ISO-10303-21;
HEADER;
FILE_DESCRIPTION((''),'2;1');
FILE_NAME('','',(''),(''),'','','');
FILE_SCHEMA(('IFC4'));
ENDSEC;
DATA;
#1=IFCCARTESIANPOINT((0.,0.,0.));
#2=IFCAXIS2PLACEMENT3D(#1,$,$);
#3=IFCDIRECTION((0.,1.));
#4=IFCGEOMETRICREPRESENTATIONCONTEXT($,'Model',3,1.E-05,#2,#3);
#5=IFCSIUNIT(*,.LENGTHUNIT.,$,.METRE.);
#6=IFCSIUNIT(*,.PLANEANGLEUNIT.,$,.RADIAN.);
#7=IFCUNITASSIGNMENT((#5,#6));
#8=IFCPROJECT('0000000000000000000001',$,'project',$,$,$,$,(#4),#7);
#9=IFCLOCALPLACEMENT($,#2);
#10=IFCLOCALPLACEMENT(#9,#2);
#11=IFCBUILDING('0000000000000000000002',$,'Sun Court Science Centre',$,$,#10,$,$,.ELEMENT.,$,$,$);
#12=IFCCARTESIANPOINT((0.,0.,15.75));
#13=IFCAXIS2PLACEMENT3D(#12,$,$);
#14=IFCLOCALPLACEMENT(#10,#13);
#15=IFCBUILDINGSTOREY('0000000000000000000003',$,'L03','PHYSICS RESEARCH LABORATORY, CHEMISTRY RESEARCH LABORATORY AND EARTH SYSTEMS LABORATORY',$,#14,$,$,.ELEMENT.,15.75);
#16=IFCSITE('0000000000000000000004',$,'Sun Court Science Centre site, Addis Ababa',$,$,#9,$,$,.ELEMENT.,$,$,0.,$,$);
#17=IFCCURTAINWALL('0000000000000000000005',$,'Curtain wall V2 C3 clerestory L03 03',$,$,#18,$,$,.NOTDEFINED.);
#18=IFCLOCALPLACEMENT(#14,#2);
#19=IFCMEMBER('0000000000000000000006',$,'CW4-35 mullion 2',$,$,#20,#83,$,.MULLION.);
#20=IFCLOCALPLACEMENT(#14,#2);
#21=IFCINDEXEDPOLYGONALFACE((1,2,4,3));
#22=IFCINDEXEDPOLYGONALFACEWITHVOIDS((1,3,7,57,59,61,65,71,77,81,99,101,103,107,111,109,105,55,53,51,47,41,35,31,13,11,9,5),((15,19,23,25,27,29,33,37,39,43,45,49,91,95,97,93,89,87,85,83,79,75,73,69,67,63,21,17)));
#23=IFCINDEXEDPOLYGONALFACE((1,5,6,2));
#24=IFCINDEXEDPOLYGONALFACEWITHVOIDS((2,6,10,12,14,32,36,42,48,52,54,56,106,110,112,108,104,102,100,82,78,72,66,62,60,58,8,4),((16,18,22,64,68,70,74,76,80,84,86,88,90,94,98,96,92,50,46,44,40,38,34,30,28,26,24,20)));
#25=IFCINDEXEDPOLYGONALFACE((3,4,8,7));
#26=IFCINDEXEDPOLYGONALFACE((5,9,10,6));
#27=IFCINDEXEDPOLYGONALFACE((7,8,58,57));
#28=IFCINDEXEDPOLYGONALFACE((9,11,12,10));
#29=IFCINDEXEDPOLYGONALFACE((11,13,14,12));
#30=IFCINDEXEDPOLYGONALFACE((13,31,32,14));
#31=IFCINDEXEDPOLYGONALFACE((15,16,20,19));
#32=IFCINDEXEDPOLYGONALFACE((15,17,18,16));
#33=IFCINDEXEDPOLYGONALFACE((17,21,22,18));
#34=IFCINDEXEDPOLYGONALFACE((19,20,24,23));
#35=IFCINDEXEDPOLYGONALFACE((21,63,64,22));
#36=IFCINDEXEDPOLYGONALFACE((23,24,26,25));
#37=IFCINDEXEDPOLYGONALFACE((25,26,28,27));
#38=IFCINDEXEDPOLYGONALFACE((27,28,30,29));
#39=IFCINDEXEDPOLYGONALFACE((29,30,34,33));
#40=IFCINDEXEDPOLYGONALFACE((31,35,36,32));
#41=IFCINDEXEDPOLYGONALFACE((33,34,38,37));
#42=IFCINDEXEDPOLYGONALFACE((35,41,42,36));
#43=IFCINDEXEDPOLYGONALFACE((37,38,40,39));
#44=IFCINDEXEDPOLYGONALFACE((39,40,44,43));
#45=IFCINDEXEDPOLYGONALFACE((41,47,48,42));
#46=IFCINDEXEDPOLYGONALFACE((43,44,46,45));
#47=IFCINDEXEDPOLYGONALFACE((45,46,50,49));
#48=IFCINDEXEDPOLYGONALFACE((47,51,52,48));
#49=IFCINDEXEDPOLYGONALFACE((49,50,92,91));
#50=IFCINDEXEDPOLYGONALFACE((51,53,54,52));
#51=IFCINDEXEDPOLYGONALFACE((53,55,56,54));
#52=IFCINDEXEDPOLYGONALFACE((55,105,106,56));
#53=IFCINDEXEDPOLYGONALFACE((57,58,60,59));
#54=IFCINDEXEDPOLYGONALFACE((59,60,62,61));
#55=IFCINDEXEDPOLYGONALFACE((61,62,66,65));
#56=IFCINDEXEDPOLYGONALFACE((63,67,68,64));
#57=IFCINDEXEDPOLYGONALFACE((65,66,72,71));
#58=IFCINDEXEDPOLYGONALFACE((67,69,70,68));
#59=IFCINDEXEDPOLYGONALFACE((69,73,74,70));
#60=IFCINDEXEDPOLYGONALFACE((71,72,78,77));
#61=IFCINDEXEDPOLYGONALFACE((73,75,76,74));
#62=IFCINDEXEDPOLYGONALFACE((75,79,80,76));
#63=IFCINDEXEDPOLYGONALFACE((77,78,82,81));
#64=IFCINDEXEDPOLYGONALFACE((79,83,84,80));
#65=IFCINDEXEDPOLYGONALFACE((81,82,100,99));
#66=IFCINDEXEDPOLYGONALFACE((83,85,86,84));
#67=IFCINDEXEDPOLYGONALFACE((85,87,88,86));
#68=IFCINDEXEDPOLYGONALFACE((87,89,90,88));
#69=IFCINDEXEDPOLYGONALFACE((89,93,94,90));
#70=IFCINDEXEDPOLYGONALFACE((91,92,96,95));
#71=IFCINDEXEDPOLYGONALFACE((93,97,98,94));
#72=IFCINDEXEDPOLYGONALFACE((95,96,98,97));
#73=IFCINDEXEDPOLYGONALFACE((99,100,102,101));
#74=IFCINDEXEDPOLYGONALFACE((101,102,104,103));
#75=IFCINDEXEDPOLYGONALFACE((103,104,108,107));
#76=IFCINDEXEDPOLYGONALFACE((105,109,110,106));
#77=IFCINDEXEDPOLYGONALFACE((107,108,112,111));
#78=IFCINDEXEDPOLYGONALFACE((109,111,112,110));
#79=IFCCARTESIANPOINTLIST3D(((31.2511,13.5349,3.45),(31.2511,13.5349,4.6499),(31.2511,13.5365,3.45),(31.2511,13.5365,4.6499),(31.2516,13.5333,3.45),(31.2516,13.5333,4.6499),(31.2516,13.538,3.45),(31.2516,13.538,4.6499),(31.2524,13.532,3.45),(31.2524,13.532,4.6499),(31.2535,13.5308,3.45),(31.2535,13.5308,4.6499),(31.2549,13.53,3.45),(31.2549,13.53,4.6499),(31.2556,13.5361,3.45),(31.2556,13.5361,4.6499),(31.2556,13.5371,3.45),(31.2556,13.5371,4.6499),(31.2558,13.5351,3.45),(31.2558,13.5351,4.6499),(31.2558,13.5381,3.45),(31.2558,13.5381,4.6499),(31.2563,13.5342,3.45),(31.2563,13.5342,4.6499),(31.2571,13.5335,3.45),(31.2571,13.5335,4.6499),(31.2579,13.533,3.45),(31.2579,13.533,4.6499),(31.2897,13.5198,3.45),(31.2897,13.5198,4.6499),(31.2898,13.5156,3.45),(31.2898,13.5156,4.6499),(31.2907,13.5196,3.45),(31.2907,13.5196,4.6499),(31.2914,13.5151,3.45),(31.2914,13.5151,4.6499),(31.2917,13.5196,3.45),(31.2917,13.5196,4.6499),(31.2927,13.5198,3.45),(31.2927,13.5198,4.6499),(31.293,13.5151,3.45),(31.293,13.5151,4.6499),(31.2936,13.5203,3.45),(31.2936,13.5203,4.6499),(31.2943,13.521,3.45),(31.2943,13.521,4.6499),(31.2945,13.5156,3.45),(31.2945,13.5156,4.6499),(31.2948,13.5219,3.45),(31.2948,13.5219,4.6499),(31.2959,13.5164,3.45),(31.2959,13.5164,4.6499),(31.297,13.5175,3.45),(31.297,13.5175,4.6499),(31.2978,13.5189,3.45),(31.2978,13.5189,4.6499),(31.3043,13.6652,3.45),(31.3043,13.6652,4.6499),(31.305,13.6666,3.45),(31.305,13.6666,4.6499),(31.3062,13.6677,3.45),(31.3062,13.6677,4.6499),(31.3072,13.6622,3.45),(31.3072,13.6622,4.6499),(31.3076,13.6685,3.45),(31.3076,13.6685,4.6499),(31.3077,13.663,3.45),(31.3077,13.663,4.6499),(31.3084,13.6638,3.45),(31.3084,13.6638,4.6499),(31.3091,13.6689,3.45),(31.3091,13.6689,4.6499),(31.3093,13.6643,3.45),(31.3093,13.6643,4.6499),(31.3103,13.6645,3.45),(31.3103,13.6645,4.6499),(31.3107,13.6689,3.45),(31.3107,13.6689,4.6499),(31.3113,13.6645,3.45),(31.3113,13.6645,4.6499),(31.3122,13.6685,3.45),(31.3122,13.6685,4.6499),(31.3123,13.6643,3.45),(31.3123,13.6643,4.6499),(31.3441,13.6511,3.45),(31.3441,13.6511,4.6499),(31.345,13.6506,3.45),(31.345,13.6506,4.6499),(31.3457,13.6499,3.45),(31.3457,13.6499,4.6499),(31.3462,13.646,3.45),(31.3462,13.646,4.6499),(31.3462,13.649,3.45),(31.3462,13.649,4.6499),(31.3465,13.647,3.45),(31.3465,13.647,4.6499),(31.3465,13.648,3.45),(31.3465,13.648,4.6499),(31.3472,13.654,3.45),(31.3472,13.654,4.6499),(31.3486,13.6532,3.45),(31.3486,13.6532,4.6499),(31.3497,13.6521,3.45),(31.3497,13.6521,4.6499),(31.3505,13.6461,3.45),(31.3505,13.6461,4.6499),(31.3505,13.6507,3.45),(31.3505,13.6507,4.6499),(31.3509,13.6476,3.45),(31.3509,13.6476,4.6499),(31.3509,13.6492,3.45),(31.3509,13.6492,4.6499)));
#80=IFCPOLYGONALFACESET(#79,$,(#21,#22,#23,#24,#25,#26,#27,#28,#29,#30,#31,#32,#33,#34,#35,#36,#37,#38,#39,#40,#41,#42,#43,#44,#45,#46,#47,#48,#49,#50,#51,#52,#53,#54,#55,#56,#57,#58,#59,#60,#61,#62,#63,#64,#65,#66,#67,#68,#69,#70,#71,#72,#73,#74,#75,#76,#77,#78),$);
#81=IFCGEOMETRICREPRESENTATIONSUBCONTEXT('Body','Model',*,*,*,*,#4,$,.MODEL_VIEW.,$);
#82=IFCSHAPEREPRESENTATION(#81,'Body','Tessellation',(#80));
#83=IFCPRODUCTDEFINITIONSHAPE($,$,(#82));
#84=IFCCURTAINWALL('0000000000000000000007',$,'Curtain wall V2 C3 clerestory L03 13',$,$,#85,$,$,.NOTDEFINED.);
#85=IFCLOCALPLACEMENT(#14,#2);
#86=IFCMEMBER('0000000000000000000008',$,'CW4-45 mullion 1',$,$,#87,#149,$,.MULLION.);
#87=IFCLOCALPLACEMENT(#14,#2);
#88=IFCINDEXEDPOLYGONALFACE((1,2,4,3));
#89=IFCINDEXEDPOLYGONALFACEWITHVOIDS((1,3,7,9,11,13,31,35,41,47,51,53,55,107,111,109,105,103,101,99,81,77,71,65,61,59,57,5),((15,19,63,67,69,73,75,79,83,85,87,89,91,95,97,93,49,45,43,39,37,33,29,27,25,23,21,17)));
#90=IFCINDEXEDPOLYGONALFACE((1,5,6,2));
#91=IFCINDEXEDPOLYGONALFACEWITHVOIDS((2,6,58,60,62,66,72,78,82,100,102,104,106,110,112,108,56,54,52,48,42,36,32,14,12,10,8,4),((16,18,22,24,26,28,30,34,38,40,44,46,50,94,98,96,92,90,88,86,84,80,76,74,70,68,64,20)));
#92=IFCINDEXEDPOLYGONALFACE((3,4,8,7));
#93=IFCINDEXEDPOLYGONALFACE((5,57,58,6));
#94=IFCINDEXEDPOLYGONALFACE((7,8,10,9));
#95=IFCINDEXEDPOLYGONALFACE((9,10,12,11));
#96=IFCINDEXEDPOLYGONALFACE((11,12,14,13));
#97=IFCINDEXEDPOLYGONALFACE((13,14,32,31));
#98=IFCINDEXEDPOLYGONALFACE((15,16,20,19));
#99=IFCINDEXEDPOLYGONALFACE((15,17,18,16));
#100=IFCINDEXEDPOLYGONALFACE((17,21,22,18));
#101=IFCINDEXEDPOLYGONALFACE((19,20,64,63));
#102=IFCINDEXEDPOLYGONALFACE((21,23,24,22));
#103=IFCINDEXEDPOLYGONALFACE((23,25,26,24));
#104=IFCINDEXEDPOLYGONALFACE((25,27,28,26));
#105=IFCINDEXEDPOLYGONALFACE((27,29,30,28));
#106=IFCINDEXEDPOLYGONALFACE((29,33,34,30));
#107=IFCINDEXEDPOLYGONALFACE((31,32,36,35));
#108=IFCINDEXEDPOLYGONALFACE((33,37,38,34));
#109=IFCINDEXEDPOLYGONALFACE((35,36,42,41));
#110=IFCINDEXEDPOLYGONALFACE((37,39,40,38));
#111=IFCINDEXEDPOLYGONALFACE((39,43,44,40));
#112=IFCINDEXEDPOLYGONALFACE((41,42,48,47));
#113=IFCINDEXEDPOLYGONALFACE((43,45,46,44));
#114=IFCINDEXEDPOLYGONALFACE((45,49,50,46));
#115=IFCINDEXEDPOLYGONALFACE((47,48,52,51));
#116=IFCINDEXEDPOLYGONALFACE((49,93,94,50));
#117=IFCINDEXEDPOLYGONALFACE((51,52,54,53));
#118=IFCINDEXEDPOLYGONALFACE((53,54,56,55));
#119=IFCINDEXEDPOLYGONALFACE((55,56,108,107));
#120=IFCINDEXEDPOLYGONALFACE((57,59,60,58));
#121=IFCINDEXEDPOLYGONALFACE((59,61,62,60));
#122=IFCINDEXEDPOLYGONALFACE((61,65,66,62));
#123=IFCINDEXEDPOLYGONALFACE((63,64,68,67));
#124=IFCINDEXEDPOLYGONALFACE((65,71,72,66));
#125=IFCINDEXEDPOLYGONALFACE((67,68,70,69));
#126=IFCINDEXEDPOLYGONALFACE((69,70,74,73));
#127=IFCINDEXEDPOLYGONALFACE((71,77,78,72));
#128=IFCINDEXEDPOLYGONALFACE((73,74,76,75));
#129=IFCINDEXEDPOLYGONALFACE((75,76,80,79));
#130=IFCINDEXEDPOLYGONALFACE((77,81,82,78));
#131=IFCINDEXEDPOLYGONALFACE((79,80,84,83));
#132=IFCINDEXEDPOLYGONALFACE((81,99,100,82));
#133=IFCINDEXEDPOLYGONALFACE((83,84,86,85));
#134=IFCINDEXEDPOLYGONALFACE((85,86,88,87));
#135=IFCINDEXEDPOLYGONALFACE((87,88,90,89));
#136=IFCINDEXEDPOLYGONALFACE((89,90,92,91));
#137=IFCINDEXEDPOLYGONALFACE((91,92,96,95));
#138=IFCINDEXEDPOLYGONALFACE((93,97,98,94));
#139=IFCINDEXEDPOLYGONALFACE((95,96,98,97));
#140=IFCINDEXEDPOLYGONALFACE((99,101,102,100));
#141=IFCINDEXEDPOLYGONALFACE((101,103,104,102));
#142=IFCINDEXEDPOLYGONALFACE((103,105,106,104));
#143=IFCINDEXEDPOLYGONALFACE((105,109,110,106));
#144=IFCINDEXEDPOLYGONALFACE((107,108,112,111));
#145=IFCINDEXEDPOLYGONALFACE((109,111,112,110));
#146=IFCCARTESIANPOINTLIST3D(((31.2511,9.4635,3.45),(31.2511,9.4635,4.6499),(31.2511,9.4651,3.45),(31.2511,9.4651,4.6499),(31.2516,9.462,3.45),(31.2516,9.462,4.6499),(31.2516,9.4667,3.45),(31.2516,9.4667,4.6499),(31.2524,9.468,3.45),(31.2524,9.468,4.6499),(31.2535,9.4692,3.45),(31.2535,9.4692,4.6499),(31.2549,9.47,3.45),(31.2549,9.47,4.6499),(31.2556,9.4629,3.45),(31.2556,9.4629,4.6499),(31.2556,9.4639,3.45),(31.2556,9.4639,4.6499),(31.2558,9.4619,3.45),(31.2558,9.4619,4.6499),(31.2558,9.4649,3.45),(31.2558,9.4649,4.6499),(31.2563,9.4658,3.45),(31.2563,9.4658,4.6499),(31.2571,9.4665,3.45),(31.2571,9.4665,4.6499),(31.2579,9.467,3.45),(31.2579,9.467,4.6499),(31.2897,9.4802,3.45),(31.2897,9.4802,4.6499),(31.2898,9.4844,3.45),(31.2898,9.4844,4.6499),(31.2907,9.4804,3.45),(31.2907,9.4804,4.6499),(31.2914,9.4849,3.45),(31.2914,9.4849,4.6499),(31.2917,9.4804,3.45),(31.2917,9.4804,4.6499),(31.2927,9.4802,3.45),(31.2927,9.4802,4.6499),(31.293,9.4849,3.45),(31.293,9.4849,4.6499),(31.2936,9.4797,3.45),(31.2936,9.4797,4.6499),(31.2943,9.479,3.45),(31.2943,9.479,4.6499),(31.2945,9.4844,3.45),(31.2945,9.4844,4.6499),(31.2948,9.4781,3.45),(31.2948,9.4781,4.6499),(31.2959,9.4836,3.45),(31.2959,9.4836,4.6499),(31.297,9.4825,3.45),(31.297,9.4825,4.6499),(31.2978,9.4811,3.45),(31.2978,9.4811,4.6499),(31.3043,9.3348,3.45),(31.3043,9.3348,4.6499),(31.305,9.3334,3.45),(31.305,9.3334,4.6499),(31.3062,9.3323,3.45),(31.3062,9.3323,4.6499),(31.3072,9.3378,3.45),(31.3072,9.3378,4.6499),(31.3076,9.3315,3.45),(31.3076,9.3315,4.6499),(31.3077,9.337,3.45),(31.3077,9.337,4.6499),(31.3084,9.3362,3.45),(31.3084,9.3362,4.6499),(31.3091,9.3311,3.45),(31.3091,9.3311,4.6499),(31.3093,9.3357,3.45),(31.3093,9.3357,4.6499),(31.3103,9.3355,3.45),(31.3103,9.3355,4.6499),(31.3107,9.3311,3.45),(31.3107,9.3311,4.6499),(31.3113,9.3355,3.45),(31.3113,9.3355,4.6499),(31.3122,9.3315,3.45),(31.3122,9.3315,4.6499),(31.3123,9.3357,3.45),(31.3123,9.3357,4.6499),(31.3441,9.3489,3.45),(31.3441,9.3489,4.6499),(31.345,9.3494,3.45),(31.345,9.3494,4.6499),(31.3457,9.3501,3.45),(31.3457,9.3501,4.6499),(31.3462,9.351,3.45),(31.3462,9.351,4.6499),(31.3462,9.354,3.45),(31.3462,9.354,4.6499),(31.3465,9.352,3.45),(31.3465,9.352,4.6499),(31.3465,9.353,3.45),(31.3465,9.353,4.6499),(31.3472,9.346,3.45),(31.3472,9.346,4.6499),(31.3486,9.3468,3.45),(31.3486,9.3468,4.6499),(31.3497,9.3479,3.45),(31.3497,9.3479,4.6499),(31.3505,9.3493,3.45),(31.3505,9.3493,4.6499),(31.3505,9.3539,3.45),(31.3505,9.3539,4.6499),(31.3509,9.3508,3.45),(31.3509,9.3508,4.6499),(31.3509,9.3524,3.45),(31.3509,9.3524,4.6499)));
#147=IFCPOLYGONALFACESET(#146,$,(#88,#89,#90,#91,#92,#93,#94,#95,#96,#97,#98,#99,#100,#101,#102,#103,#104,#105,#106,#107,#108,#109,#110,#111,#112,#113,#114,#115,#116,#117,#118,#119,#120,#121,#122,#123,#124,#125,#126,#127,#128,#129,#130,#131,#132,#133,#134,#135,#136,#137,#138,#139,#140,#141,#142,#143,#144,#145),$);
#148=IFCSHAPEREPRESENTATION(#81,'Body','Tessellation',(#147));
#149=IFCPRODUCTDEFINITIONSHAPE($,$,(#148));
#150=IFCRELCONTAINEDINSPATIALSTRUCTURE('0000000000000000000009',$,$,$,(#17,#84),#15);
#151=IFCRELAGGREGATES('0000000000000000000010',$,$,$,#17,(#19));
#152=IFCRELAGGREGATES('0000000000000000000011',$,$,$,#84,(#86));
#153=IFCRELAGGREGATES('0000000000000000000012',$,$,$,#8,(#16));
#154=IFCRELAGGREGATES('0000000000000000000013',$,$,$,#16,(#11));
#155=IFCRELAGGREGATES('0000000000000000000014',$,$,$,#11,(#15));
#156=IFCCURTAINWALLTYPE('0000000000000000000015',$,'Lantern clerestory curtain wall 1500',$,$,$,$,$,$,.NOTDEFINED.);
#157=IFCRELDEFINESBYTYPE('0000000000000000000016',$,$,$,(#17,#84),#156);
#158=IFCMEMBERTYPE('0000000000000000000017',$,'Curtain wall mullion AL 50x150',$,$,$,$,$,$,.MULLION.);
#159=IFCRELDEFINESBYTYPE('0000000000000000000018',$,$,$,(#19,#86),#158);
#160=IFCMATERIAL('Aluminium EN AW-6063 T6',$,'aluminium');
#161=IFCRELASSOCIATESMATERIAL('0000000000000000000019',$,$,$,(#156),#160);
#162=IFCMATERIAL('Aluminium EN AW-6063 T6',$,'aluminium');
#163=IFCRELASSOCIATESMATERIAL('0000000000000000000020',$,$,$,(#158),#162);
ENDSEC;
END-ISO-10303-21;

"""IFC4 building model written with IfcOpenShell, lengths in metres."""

from ifc_helpers import new_model, si_unit, direction, frame, origin, origin_2d, place, context, subcontext, project, spatial, hollow_rectangle, extrude, material, material_profile, profile_set, type_object, element, aggregate, save


model = new_model("IFC4")

# Units and contexts
model_context = context("Model", 3, precision=1e-05, world=origin(), true_north=direction((0.0, 1.0)))
body_context = subcontext(model_context, "Body", "Model", "MODEL_VIEW")
ifc_project = project(units=[si_unit("LENGTHUNIT", "METRE"), si_unit("PLANEANGLEUNIT", "RADIAN")], contexts=[model_context])

# Site, building, storey
site_placement = place(None, origin())
site = spatial("IfcSite", under=ifc_project, at=site_placement, Name="Sun Court Science Centre site, Addis Ababa", CompositionType="ELEMENT", RefElevation=0.0)
building_placement = place(site_placement, origin())
building = spatial("IfcBuilding", under=site, at=building_placement, Name="Sun Court Science Centre", CompositionType="ELEMENT")
storey_placement = place(building_placement, frame((0.0, 0.0, 15.75)))
storey = spatial("IfcBuildingStorey", under=building, at=storey_placement, Name="L03", Description="PHYSICS RESEARCH LABORATORY, CHEMISTRY RESEARCH LABORATORY AND EARTH SYSTEMS LABORATORY", CompositionType="ELEMENT", Elevation=15.75)

# Shared definitions
ifc_material_1 = material(Name="Aluminium EN AW-6063 T6", Category="aluminium")
curtain_wall_type = type_object("IfcCurtainWallType", Name="Lantern clerestory curtain wall 1500", PredefinedType="NOTDEFINED", material=ifc_material_1)
ifc_material_2 = material(Name="Aluminium EN AW-6063 T6", Category="aluminium")
ifc_material_profile_1 = material_profile(ifc_material_2, hollow_rectangle(XDim=0.05, YDim=0.1499, WallThickness=0.0039, InnerFilletRadius=0.0039, OuterFilletRadius=0.0061, at=origin_2d()), Name="AL 50x150x4")
ifc_profile_set_1 = profile_set([ifc_material_profile_1], Name="Aluminium EN AW-6063 T6")
member_type_1 = type_object("IfcMemberType", Name="Curtain wall mullion AL 50x150", PredefinedType="MULLION", material=ifc_profile_set_1)

# Curtain walls, members
curtain_wall_1_placement = place(storey_placement, origin())
curtain_wall_1 = element("IfcCurtainWall", 1, at=curtain_wall_1_placement, inside=storey, type_object=curtain_wall_type, Name="Curtain wall V2 C3 clerestory L03 03", PredefinedType="NOTDEFINED")
member_1_placement = place(storey_placement, frame((31.301, 13.592, 3.45), z_axis=(0.0, 0.0, 1.0), x_axis=(0.92388, -0.382683, 0.0)))
member_1 = element("IfcMember", 2, at=member_1_placement, type_object=member_type_1, Name="CW4-35 mullion 2", PredefinedType="MULLION", context=body_context, shape_type="SweptSolid", body=[
    extrude(hollow_rectangle(XDim=0.05, YDim=0.1499, WallThickness=0.0039, InnerFilletRadius=0.0039, OuterFilletRadius=0.0061, at=origin_2d()), origin(), (0.0, 0.0, 1.0), 1.2),
])
aggregate(curtain_wall_1, [member_1])
curtain_wall_2_placement = place(storey_placement, origin())
curtain_wall_2 = element("IfcCurtainWall", 3, at=curtain_wall_2_placement, inside=storey, type_object=curtain_wall_type, Name="Curtain wall V2 C3 clerestory L03 13", PredefinedType="NOTDEFINED")
member_2_placement = place(storey_placement, frame((31.301, 9.408, 3.45), z_axis=(0.0, 0.0, 1.0), x_axis=(-0.92388, -0.382683, 0.0)))
member_2 = element("IfcMember", 4, at=member_2_placement, type_object=member_type_1, Name="CW4-45 mullion 1", PredefinedType="MULLION", context=body_context, shape_type="SweptSolid", body=[
    extrude(hollow_rectangle(XDim=0.05, YDim=0.1499, WallThickness=0.0039, InnerFilletRadius=0.0039, OuterFilletRadius=0.0061, at=origin_2d()), origin(), (0.0, 0.0, 1.0), 1.2),
])
aggregate(curtain_wall_2, [member_2])

save(model, "model.ifc")
